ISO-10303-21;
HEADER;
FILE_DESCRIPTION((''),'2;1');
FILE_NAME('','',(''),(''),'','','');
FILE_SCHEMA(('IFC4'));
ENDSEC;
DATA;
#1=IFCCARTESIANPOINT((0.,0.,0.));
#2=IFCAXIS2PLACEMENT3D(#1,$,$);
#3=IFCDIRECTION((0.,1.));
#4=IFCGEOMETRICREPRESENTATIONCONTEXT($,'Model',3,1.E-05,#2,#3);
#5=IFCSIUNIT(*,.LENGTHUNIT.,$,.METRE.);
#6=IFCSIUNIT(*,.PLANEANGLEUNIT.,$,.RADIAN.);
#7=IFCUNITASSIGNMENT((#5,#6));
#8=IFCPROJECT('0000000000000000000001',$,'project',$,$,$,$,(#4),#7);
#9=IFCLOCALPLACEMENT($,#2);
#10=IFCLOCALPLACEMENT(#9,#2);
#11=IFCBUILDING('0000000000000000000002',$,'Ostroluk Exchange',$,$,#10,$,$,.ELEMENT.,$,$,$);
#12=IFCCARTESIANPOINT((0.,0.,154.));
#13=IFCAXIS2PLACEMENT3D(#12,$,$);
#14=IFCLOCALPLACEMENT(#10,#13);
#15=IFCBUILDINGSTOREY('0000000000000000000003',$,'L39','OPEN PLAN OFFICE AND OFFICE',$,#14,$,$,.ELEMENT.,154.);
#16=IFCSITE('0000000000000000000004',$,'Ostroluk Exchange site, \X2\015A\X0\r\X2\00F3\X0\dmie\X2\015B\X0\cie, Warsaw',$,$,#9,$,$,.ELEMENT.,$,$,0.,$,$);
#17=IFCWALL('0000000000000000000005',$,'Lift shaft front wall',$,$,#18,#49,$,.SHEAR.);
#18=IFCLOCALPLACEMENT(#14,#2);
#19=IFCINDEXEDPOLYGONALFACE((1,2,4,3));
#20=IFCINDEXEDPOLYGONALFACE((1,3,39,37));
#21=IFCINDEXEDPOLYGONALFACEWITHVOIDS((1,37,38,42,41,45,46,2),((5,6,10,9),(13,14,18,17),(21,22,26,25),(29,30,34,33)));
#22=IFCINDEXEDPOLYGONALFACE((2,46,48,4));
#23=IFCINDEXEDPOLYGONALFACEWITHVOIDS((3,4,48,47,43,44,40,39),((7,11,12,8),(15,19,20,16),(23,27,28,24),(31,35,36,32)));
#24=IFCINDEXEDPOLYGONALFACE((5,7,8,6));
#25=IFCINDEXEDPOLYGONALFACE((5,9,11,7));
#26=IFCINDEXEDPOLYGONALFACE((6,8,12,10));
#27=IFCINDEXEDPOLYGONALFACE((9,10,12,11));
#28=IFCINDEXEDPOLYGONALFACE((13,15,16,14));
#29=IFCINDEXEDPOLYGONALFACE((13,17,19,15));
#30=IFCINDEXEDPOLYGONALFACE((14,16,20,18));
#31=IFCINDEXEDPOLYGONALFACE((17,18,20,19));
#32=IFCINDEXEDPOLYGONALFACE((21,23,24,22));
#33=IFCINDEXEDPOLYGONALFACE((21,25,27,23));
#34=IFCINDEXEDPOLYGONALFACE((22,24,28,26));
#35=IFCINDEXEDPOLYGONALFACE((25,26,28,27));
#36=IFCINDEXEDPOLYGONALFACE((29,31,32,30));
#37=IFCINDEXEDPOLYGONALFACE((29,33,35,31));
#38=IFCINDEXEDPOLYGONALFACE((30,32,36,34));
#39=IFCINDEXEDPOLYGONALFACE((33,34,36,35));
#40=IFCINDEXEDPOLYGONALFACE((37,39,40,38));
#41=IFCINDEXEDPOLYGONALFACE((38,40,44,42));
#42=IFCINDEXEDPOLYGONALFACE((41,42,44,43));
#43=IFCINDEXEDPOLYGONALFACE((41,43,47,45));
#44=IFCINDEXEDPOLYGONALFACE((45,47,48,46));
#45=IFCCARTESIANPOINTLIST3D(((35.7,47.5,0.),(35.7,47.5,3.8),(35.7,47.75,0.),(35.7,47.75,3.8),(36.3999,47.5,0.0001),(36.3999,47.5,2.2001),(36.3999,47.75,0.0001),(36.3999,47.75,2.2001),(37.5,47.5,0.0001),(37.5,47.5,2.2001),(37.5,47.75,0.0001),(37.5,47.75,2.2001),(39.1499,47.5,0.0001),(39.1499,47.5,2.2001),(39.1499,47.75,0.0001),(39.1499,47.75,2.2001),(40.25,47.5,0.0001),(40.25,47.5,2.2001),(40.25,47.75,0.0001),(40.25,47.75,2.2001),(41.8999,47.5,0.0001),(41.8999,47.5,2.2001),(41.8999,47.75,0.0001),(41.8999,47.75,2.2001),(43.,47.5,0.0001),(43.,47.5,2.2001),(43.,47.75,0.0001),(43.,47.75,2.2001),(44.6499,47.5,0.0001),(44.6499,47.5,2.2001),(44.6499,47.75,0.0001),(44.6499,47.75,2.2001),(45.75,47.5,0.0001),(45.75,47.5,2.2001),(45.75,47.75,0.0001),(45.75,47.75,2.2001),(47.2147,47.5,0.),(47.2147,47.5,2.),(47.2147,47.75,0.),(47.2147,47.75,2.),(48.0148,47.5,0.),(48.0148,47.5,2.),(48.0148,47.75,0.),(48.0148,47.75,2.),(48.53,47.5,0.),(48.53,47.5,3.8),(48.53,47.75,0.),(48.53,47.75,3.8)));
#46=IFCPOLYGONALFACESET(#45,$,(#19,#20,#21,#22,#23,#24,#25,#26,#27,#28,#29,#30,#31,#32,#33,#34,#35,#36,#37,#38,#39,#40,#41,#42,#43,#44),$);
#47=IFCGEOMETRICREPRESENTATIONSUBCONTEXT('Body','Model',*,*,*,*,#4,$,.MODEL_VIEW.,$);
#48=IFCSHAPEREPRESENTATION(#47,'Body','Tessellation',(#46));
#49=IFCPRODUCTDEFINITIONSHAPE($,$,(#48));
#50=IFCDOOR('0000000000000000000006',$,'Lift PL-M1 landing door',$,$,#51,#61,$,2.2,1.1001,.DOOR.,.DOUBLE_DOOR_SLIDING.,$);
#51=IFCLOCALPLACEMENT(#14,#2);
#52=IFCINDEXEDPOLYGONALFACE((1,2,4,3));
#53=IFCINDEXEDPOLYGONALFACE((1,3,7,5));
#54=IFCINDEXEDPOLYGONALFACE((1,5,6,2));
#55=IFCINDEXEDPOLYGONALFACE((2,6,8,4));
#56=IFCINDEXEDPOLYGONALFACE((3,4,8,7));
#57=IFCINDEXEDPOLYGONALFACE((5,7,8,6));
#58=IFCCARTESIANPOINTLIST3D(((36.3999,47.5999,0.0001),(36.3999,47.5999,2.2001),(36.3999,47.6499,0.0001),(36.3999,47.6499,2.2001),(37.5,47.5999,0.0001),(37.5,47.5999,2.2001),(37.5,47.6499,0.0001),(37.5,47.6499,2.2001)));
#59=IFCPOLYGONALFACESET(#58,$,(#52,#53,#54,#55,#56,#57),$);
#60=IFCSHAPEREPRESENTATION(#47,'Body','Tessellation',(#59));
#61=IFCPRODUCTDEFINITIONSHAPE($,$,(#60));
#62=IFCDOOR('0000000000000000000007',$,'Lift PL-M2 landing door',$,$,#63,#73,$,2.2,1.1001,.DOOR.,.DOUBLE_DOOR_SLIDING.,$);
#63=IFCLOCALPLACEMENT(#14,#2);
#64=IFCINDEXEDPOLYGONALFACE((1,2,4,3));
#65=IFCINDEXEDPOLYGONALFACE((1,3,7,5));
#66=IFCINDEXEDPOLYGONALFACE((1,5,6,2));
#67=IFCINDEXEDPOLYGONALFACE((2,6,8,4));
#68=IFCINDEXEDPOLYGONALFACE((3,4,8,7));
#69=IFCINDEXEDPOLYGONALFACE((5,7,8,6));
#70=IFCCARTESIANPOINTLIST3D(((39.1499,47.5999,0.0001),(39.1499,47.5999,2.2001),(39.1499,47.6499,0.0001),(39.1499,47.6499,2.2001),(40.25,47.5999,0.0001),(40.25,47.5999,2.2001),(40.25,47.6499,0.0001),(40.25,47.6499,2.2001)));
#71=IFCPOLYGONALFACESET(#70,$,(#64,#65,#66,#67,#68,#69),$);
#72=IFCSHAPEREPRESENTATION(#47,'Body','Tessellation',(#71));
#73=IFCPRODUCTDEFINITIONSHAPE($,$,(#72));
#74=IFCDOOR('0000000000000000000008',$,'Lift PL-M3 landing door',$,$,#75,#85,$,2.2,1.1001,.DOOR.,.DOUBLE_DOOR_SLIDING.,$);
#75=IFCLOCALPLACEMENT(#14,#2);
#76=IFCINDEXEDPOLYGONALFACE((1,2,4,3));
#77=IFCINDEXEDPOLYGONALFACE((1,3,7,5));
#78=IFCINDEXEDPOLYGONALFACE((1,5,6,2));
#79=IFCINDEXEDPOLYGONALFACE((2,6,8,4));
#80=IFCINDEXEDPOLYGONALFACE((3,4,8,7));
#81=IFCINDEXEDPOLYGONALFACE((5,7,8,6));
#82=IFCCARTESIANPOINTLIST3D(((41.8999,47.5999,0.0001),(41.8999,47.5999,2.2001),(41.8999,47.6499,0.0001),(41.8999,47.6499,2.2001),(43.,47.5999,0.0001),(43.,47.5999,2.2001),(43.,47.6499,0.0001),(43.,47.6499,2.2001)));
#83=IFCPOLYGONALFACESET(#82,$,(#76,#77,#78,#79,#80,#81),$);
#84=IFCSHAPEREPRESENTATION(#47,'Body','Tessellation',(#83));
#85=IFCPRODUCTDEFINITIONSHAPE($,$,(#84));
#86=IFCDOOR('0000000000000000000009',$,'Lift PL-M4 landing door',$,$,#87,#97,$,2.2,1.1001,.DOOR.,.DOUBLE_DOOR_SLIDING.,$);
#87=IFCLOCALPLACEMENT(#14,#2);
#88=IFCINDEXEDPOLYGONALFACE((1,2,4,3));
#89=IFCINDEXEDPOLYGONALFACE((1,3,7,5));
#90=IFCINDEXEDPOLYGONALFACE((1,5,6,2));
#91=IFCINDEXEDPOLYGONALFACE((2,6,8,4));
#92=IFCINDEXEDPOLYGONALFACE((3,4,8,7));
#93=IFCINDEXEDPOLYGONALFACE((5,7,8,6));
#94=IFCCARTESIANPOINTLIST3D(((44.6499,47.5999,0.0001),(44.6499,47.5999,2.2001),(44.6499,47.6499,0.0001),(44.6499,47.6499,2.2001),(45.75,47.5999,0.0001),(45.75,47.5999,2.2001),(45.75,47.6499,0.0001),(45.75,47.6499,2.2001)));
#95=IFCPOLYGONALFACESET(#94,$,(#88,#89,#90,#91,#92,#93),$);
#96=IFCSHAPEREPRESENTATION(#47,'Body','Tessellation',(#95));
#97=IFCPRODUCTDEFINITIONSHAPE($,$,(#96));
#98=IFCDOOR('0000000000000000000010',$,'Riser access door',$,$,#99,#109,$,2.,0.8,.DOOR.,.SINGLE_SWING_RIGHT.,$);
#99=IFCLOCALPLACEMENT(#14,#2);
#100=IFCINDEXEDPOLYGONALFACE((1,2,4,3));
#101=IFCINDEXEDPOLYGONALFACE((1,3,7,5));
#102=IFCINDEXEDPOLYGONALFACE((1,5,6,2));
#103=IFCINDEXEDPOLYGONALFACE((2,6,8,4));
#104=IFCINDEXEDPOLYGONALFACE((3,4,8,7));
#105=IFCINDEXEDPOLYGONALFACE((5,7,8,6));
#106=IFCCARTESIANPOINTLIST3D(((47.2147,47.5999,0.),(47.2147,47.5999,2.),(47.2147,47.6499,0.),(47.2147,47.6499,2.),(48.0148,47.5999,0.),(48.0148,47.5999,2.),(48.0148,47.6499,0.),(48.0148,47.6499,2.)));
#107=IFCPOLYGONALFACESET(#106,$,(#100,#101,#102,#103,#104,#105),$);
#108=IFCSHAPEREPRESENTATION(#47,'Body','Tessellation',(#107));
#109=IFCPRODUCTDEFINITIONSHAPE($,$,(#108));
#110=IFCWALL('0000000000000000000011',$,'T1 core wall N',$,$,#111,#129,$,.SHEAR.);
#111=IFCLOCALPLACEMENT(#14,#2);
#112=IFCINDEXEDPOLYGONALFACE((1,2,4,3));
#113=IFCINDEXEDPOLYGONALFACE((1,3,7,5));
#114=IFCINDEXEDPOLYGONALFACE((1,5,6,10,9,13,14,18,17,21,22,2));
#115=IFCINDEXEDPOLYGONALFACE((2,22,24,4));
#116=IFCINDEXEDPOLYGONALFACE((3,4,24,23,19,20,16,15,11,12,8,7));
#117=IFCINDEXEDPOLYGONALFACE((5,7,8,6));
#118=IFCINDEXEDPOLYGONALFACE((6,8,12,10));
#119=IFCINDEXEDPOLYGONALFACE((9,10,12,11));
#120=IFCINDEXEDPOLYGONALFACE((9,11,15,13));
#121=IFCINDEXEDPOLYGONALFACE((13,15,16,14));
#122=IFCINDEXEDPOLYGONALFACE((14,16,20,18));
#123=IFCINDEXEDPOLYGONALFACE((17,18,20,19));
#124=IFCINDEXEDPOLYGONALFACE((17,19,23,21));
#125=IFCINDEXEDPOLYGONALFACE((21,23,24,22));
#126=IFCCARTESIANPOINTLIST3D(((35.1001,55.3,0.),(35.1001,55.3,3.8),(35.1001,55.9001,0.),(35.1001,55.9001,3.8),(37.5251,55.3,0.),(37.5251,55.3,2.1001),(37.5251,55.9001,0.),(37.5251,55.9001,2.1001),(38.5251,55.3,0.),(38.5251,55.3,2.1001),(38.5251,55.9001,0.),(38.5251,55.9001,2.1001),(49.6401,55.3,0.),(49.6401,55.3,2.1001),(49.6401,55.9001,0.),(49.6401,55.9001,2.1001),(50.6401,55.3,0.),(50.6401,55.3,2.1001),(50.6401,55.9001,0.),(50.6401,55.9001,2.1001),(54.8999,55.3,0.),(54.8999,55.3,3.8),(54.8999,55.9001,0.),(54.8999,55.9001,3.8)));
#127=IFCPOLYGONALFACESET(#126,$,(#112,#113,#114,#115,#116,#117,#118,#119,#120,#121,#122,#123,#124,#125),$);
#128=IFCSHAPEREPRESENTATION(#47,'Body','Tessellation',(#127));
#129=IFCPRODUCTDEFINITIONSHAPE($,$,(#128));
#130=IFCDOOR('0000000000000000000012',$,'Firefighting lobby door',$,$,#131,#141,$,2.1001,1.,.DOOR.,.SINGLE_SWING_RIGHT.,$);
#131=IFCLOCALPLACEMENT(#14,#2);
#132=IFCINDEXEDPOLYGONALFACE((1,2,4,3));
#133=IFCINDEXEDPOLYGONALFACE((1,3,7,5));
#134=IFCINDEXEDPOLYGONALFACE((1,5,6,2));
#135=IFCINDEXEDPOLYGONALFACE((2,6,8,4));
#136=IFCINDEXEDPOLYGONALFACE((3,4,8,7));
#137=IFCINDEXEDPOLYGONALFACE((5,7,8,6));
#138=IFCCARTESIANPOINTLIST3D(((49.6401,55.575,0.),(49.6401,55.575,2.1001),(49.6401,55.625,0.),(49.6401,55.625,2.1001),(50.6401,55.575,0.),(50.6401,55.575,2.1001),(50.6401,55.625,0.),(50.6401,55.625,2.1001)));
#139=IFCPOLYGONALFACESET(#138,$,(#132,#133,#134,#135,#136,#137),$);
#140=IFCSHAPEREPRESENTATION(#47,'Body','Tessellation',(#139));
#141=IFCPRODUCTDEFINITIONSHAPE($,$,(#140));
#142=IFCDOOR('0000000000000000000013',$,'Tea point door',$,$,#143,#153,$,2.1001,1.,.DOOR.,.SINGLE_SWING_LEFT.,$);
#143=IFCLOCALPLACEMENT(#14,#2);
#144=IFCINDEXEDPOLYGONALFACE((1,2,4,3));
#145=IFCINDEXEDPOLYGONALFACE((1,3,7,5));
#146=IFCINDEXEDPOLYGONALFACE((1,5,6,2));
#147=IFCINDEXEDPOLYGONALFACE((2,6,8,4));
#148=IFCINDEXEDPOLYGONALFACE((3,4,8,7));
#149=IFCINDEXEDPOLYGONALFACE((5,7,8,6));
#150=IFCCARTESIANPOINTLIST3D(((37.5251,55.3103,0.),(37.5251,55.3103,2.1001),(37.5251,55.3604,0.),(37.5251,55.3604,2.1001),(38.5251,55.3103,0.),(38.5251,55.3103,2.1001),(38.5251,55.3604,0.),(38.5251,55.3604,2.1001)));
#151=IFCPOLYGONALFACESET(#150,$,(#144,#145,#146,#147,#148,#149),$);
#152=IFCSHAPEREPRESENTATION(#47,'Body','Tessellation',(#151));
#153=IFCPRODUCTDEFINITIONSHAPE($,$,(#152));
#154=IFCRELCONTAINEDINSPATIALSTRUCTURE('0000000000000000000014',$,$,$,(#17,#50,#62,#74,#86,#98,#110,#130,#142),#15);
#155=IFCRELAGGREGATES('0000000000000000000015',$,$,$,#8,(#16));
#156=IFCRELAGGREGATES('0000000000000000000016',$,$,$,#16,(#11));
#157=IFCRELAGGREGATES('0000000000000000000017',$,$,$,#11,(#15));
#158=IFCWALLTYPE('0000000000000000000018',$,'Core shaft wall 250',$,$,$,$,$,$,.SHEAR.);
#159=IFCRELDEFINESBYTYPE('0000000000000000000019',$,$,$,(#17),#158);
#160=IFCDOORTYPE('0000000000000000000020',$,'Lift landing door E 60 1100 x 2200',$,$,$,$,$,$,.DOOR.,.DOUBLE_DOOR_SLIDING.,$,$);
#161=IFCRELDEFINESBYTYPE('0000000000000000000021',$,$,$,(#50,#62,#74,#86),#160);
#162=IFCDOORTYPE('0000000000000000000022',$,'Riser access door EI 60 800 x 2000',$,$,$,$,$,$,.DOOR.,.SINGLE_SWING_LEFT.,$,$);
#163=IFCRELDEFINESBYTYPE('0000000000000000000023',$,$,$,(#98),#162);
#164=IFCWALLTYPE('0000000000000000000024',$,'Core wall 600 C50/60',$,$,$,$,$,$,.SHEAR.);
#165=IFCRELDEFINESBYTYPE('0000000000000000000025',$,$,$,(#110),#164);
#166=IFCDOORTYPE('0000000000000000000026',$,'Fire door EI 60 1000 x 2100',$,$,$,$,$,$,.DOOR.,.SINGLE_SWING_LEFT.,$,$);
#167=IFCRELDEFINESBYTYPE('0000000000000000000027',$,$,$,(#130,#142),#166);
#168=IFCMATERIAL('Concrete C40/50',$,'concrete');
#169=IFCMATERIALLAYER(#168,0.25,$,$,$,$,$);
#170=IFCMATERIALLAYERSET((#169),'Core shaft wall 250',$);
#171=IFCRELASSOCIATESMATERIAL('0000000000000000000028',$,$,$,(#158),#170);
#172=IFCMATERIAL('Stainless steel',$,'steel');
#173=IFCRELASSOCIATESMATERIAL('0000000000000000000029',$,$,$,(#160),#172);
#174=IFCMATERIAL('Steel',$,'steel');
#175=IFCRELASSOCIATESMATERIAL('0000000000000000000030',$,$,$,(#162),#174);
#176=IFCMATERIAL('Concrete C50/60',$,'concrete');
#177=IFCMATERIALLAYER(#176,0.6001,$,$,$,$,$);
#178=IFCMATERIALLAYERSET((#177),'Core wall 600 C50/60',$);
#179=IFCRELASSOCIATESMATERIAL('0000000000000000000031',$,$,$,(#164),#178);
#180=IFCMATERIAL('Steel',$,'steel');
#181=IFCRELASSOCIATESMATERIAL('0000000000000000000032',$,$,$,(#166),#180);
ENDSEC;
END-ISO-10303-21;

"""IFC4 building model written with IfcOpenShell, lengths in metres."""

from ifc_helpers import new_model, si_unit, direction, frame, frame_2d, origin, place, context, subcontext, project, spatial, rectangle, extrude, material, layer, layer_set, type_object, element, fill, save


model = new_model("IFC4")

# Units and contexts
model_context = context("Model", 3, precision=1e-05, world=origin(), true_north=direction((0.0, 1.0)))
body_context = subcontext(model_context, "Body", "Model", "MODEL_VIEW")
ifc_project = project(units=[si_unit("LENGTHUNIT", "METRE"), si_unit("PLANEANGLEUNIT", "RADIAN")], contexts=[model_context])

# Site, building, storey
site_placement = place(None, origin())
site = spatial("IfcSite", under=ifc_project, at=site_placement, Name="Ostroluk Exchange site, Śródmieście, Warsaw", CompositionType="ELEMENT", RefElevation=0.0)
building_placement = place(site_placement, origin())
building = spatial("IfcBuilding", under=site, at=building_placement, Name="Ostroluk Exchange", CompositionType="ELEMENT")
storey_placement = place(building_placement, frame((0.0, 0.0, 154.0)))
storey = spatial("IfcBuildingStorey", under=building, at=storey_placement, Name="L39", Description="OPEN PLAN OFFICE AND OFFICE", CompositionType="ELEMENT", Elevation=154.0)

# Shared definitions
ifc_material_1 = material(Name="Concrete C40/50", Category="concrete")
ifc_layer_1 = layer(ifc_material_1, 0.25)
ifc_layer_set_1 = layer_set([ifc_layer_1], Name="Core shaft wall 250")
wall_type_1 = type_object("IfcWallType", Name="Core shaft wall 250", PredefinedType="SHEAR", material=ifc_layer_set_1)

# Walls, openings, doors
wall_1_placement = place(storey_placement, frame((35.7, 47.625, 0.0), z_axis=(0.0, 0.0, 1.0), x_axis=(1.0, 0.0, 0.0)))
wall_1 = element("IfcWall", 1, at=wall_1_placement, inside=storey, type_object=wall_type_1, Name="Lift shaft front wall", PredefinedType="SHEAR", context=body_context, shape_type="SweptSolid", body=[
    extrude(rectangle(XDim=12.8301, YDim=0.25, at=frame_2d((6.415, 0.0))), origin(), (0.0, 0.0, 1.0), 3.8),
])
opening_1_placement = place(wall_1_placement, frame((0.7, 0.0, 0.0)))
opening_1 = element("IfcOpeningElement", 2, at=opening_1_placement, cuts=wall_1, PredefinedType="OPENING", context=body_context, shape_type="SweptSolid", body=[
    extrude(rectangle(XDim=1.1001, YDim=2.2, at=frame_2d((0.55, 1.1001))), frame((0.0, 0.135, 0.0), z_axis=(0.0, -1.0, 0.0), x_axis=(1.0, 0.0, 0.0)), (0.0, 0.0, 1.0), 0.27),
])
opening_2_placement = place(wall_1_placement, frame((3.45, 0.0, 0.0)))
opening_2 = element("IfcOpeningElement", 3, at=opening_2_placement, cuts=wall_1, PredefinedType="OPENING", context=body_context, shape_type="SweptSolid", body=[
    extrude(rectangle(XDim=1.1001, YDim=2.2, at=frame_2d((0.55, 1.1001))), frame((0.0, 0.135, 0.0), z_axis=(0.0, -1.0, 0.0), x_axis=(1.0, 0.0, 0.0)), (0.0, 0.0, 1.0), 0.27),
])
opening_3_placement = place(wall_1_placement, frame((6.2, 0.0, 0.0)))
opening_3 = element("IfcOpeningElement", 4, at=opening_3_placement, cuts=wall_1, PredefinedType="OPENING", context=body_context, shape_type="SweptSolid", body=[
    extrude(rectangle(XDim=1.1001, YDim=2.2, at=frame_2d((0.55, 1.1001))), frame((0.0, 0.135, 0.0), z_axis=(0.0, -1.0, 0.0), x_axis=(1.0, 0.0, 0.0)), (0.0, 0.0, 1.0), 0.27),
])
opening_4_placement = place(wall_1_placement, frame((8.95, 0.0, 0.0)))
opening_4 = element("IfcOpeningElement", 5, at=opening_4_placement, cuts=wall_1, PredefinedType="OPENING", context=body_context, shape_type="SweptSolid", body=[
    extrude(rectangle(XDim=1.1001, YDim=2.2, at=frame_2d((0.55, 1.1001))), frame((0.0, 0.135, 0.0), z_axis=(0.0, -1.0, 0.0), x_axis=(1.0, 0.0, 0.0)), (0.0, 0.0, 1.0), 0.27),
])
opening_5_placement = place(wall_1_placement, frame((11.5149, 0.0, 0.0)))
opening_5 = element("IfcOpeningElement", 6, at=opening_5_placement, cuts=wall_1, PredefinedType="OPENING", context=body_context, shape_type="SweptSolid", body=[
    extrude(rectangle(XDim=0.8, YDim=2.0, at=frame_2d((0.3999, 1.0))), frame((0.0, 0.135, 0.0), z_axis=(0.0, -1.0, 0.0), x_axis=(1.0, 0.0, 0.0)), (0.0, 0.0, 1.0), 0.27),
])
ifc_material_2 = material(Name="Stainless steel", Category="steel")
door_type_1 = type_object("IfcDoorType", Name="Lift landing door E 60 1100 x 2200", OperationType="DOUBLE_DOOR_SLIDING", PredefinedType="DOOR", material=ifc_material_2)
door_1_placement = place(opening_1_placement, origin())
door_1 = element("IfcDoor", 7, at=door_1_placement, inside=storey, type_object=door_type_1, Name="Lift PL-M1 landing door", OperationType="DOUBLE_DOOR_SLIDING", OverallHeight=2.2, OverallWidth=1.1001, PredefinedType="DOOR", context=body_context, shape_type="SweptSolid", body=[
    extrude(rectangle(XDim=1.1001, YDim=2.2, at=frame_2d((0.55, 1.1001))), frame((0.0, 0.0249, 0.0), z_axis=(0.0, -1.0, 0.0), x_axis=(1.0, 0.0, 0.0)), (0.0, 0.0, 1.0), 0.05),
])
fill(opening_1, door_1)
door_2_placement = place(opening_2_placement, origin())
door_2 = element("IfcDoor", 8, at=door_2_placement, inside=storey, type_object=door_type_1, Name="Lift PL-M2 landing door", OperationType="DOUBLE_DOOR_SLIDING", OverallHeight=2.2, OverallWidth=1.1001, PredefinedType="DOOR", context=body_context, shape_type="SweptSolid", body=[
    extrude(rectangle(XDim=1.1001, YDim=2.2, at=frame_2d((0.55, 1.1001))), frame((0.0, 0.0249, 0.0), z_axis=(0.0, -1.0, 0.0), x_axis=(1.0, 0.0, 0.0)), (0.0, 0.0, 1.0), 0.05),
])
fill(opening_2, door_2)
door_3_placement = place(opening_3_placement, origin())
door_3 = element("IfcDoor", 9, at=door_3_placement, inside=storey, type_object=door_type_1, Name="Lift PL-M3 landing door", OperationType="DOUBLE_DOOR_SLIDING", OverallHeight=2.2, OverallWidth=1.1001, PredefinedType="DOOR", context=body_context, shape_type="SweptSolid", body=[
    extrude(rectangle(XDim=1.1001, YDim=2.2, at=frame_2d((0.55, 1.1001))), frame((0.0, 0.0249, 0.0), z_axis=(0.0, -1.0, 0.0), x_axis=(1.0, 0.0, 0.0)), (0.0, 0.0, 1.0), 0.05),
])
fill(opening_3, door_3)
door_4_placement = place(opening_4_placement, origin())
door_4 = element("IfcDoor", 10, at=door_4_placement, inside=storey, type_object=door_type_1, Name="Lift PL-M4 landing door", OperationType="DOUBLE_DOOR_SLIDING", OverallHeight=2.2, OverallWidth=1.1001, PredefinedType="DOOR", context=body_context, shape_type="SweptSolid", body=[
    extrude(rectangle(XDim=1.1001, YDim=2.2, at=frame_2d((0.55, 1.1001))), frame((0.0, 0.0249, 0.0), z_axis=(0.0, -1.0, 0.0), x_axis=(1.0, 0.0, 0.0)), (0.0, 0.0, 1.0), 0.05),
])
fill(opening_4, door_4)
ifc_material_3 = material(Name="Steel", Category="steel")
door_type_2 = type_object("IfcDoorType", Name="Riser access door EI 60 800 x 2000", OperationType="SINGLE_SWING_LEFT", PredefinedType="DOOR", material=ifc_material_3)
door_5_placement = place(opening_5_placement, origin())
door_5 = element("IfcDoor", 11, at=door_5_placement, inside=storey, type_object=door_type_2, Name="Riser access door", OperationType="SINGLE_SWING_RIGHT", OverallHeight=2.0, OverallWidth=0.8, PredefinedType="DOOR", context=body_context, shape_type="SweptSolid", body=[
    extrude(rectangle(XDim=0.8, YDim=2.0, at=frame_2d((0.3999, 1.0))), frame((0.0, 0.0249, 0.0), z_axis=(0.0, -1.0, 0.0), x_axis=(1.0, 0.0, 0.0)), (0.0, 0.0, 1.0), 0.05),
])
fill(opening_5, door_5)
ifc_material_4 = material(Name="Concrete C50/60", Category="concrete")
ifc_layer_2 = layer(ifc_material_4, 0.6001)
ifc_layer_set_2 = layer_set([ifc_layer_2], Name="Core wall 600 C50/60")
wall_type_2 = type_object("IfcWallType", Name="Core wall 600 C50/60", PredefinedType="SHEAR", material=ifc_layer_set_2)
wall_2_placement = place(storey_placement, frame((35.1001, 55.6001, 0.0), z_axis=(0.0, 0.0, 1.0), x_axis=(1.0, 0.0, 0.0)))
wall_2 = element("IfcWall", 12, at=wall_2_placement, inside=storey, type_object=wall_type_2, Name="T1 core wall N", PredefinedType="SHEAR", context=body_context, shape_type="SweptSolid", body=[
    extrude(rectangle(XDim=19.7998, YDim=0.6001, at=frame_2d((9.8999, 0.0))), origin(), (0.0, 0.0, 1.0), 3.8),
])
opening_6_placement = place(wall_2_placement, frame((14.54, 0.0, 0.0)))
opening_6 = element("IfcOpeningElement", 13, at=opening_6_placement, cuts=wall_2, PredefinedType="OPENING", context=body_context, shape_type="SweptSolid", body=[
    extrude(rectangle(XDim=1.0, YDim=2.1001, at=frame_2d((0.5, 1.05))), frame((0.0, 0.3101, 0.0), z_axis=(0.0, -1.0, 0.0), x_axis=(1.0, 0.0, 0.0)), (0.0, 0.0, 1.0), 0.6201),
])
opening_7_placement = place(wall_2_placement, frame((2.425, 0.0, 0.0)))
opening_7 = element("IfcOpeningElement", 14, at=opening_7_placement, cuts=wall_2, PredefinedType="OPENING", context=body_context, shape_type="SweptSolid", body=[
    extrude(rectangle(XDim=1.0, YDim=2.1001, at=frame_2d((0.5, 1.05))), frame((0.0, 0.3101, 0.0), z_axis=(0.0, -1.0, 0.0), x_axis=(1.0, 0.0, 0.0)), (0.0, 0.0, 1.0), 0.6201),
])
ifc_material_5 = material(Name="Steel", Category="steel")
door_type_3 = type_object("IfcDoorType", Name="Fire door EI 60 1000 x 2100", OperationType="SINGLE_SWING_LEFT", PredefinedType="DOOR", material=ifc_material_5)
door_6_placement = place(opening_6_placement, origin())
door_6 = element("IfcDoor", 15, at=door_6_placement, inside=storey, type_object=door_type_3, Name="Firefighting lobby door", OperationType="SINGLE_SWING_RIGHT", OverallHeight=2.1001, OverallWidth=1.0, PredefinedType="DOOR", context=body_context, shape_type="SweptSolid", body=[
    extrude(rectangle(XDim=1.0, YDim=2.1001, at=frame_2d((0.5, 1.05))), frame((0.0, 0.0249, 0.0), z_axis=(0.0, -1.0, 0.0), x_axis=(1.0, 0.0, 0.0)), (0.0, 0.0, 1.0), 0.05),
])
fill(opening_6, door_6)
door_7_placement = place(opening_7_placement, origin())
door_7 = element("IfcDoor", 16, at=door_7_placement, inside=storey, type_object=door_type_3, Name="Tea point door", OperationType="SINGLE_SWING_LEFT", OverallHeight=2.1001, OverallWidth=1.0, PredefinedType="DOOR", context=body_context, shape_type="SweptSolid", body=[
    extrude(rectangle(XDim=1.0, YDim=2.1001, at=frame_2d((0.5, 1.05))), frame((0.0, -0.2397, 0.0), z_axis=(0.0, -1.0, 0.0), x_axis=(1.0, 0.0, 0.0)), (0.0, 0.0, 1.0), 0.05),
])
fill(opening_7, door_7)

save(model, "model.ifc")
